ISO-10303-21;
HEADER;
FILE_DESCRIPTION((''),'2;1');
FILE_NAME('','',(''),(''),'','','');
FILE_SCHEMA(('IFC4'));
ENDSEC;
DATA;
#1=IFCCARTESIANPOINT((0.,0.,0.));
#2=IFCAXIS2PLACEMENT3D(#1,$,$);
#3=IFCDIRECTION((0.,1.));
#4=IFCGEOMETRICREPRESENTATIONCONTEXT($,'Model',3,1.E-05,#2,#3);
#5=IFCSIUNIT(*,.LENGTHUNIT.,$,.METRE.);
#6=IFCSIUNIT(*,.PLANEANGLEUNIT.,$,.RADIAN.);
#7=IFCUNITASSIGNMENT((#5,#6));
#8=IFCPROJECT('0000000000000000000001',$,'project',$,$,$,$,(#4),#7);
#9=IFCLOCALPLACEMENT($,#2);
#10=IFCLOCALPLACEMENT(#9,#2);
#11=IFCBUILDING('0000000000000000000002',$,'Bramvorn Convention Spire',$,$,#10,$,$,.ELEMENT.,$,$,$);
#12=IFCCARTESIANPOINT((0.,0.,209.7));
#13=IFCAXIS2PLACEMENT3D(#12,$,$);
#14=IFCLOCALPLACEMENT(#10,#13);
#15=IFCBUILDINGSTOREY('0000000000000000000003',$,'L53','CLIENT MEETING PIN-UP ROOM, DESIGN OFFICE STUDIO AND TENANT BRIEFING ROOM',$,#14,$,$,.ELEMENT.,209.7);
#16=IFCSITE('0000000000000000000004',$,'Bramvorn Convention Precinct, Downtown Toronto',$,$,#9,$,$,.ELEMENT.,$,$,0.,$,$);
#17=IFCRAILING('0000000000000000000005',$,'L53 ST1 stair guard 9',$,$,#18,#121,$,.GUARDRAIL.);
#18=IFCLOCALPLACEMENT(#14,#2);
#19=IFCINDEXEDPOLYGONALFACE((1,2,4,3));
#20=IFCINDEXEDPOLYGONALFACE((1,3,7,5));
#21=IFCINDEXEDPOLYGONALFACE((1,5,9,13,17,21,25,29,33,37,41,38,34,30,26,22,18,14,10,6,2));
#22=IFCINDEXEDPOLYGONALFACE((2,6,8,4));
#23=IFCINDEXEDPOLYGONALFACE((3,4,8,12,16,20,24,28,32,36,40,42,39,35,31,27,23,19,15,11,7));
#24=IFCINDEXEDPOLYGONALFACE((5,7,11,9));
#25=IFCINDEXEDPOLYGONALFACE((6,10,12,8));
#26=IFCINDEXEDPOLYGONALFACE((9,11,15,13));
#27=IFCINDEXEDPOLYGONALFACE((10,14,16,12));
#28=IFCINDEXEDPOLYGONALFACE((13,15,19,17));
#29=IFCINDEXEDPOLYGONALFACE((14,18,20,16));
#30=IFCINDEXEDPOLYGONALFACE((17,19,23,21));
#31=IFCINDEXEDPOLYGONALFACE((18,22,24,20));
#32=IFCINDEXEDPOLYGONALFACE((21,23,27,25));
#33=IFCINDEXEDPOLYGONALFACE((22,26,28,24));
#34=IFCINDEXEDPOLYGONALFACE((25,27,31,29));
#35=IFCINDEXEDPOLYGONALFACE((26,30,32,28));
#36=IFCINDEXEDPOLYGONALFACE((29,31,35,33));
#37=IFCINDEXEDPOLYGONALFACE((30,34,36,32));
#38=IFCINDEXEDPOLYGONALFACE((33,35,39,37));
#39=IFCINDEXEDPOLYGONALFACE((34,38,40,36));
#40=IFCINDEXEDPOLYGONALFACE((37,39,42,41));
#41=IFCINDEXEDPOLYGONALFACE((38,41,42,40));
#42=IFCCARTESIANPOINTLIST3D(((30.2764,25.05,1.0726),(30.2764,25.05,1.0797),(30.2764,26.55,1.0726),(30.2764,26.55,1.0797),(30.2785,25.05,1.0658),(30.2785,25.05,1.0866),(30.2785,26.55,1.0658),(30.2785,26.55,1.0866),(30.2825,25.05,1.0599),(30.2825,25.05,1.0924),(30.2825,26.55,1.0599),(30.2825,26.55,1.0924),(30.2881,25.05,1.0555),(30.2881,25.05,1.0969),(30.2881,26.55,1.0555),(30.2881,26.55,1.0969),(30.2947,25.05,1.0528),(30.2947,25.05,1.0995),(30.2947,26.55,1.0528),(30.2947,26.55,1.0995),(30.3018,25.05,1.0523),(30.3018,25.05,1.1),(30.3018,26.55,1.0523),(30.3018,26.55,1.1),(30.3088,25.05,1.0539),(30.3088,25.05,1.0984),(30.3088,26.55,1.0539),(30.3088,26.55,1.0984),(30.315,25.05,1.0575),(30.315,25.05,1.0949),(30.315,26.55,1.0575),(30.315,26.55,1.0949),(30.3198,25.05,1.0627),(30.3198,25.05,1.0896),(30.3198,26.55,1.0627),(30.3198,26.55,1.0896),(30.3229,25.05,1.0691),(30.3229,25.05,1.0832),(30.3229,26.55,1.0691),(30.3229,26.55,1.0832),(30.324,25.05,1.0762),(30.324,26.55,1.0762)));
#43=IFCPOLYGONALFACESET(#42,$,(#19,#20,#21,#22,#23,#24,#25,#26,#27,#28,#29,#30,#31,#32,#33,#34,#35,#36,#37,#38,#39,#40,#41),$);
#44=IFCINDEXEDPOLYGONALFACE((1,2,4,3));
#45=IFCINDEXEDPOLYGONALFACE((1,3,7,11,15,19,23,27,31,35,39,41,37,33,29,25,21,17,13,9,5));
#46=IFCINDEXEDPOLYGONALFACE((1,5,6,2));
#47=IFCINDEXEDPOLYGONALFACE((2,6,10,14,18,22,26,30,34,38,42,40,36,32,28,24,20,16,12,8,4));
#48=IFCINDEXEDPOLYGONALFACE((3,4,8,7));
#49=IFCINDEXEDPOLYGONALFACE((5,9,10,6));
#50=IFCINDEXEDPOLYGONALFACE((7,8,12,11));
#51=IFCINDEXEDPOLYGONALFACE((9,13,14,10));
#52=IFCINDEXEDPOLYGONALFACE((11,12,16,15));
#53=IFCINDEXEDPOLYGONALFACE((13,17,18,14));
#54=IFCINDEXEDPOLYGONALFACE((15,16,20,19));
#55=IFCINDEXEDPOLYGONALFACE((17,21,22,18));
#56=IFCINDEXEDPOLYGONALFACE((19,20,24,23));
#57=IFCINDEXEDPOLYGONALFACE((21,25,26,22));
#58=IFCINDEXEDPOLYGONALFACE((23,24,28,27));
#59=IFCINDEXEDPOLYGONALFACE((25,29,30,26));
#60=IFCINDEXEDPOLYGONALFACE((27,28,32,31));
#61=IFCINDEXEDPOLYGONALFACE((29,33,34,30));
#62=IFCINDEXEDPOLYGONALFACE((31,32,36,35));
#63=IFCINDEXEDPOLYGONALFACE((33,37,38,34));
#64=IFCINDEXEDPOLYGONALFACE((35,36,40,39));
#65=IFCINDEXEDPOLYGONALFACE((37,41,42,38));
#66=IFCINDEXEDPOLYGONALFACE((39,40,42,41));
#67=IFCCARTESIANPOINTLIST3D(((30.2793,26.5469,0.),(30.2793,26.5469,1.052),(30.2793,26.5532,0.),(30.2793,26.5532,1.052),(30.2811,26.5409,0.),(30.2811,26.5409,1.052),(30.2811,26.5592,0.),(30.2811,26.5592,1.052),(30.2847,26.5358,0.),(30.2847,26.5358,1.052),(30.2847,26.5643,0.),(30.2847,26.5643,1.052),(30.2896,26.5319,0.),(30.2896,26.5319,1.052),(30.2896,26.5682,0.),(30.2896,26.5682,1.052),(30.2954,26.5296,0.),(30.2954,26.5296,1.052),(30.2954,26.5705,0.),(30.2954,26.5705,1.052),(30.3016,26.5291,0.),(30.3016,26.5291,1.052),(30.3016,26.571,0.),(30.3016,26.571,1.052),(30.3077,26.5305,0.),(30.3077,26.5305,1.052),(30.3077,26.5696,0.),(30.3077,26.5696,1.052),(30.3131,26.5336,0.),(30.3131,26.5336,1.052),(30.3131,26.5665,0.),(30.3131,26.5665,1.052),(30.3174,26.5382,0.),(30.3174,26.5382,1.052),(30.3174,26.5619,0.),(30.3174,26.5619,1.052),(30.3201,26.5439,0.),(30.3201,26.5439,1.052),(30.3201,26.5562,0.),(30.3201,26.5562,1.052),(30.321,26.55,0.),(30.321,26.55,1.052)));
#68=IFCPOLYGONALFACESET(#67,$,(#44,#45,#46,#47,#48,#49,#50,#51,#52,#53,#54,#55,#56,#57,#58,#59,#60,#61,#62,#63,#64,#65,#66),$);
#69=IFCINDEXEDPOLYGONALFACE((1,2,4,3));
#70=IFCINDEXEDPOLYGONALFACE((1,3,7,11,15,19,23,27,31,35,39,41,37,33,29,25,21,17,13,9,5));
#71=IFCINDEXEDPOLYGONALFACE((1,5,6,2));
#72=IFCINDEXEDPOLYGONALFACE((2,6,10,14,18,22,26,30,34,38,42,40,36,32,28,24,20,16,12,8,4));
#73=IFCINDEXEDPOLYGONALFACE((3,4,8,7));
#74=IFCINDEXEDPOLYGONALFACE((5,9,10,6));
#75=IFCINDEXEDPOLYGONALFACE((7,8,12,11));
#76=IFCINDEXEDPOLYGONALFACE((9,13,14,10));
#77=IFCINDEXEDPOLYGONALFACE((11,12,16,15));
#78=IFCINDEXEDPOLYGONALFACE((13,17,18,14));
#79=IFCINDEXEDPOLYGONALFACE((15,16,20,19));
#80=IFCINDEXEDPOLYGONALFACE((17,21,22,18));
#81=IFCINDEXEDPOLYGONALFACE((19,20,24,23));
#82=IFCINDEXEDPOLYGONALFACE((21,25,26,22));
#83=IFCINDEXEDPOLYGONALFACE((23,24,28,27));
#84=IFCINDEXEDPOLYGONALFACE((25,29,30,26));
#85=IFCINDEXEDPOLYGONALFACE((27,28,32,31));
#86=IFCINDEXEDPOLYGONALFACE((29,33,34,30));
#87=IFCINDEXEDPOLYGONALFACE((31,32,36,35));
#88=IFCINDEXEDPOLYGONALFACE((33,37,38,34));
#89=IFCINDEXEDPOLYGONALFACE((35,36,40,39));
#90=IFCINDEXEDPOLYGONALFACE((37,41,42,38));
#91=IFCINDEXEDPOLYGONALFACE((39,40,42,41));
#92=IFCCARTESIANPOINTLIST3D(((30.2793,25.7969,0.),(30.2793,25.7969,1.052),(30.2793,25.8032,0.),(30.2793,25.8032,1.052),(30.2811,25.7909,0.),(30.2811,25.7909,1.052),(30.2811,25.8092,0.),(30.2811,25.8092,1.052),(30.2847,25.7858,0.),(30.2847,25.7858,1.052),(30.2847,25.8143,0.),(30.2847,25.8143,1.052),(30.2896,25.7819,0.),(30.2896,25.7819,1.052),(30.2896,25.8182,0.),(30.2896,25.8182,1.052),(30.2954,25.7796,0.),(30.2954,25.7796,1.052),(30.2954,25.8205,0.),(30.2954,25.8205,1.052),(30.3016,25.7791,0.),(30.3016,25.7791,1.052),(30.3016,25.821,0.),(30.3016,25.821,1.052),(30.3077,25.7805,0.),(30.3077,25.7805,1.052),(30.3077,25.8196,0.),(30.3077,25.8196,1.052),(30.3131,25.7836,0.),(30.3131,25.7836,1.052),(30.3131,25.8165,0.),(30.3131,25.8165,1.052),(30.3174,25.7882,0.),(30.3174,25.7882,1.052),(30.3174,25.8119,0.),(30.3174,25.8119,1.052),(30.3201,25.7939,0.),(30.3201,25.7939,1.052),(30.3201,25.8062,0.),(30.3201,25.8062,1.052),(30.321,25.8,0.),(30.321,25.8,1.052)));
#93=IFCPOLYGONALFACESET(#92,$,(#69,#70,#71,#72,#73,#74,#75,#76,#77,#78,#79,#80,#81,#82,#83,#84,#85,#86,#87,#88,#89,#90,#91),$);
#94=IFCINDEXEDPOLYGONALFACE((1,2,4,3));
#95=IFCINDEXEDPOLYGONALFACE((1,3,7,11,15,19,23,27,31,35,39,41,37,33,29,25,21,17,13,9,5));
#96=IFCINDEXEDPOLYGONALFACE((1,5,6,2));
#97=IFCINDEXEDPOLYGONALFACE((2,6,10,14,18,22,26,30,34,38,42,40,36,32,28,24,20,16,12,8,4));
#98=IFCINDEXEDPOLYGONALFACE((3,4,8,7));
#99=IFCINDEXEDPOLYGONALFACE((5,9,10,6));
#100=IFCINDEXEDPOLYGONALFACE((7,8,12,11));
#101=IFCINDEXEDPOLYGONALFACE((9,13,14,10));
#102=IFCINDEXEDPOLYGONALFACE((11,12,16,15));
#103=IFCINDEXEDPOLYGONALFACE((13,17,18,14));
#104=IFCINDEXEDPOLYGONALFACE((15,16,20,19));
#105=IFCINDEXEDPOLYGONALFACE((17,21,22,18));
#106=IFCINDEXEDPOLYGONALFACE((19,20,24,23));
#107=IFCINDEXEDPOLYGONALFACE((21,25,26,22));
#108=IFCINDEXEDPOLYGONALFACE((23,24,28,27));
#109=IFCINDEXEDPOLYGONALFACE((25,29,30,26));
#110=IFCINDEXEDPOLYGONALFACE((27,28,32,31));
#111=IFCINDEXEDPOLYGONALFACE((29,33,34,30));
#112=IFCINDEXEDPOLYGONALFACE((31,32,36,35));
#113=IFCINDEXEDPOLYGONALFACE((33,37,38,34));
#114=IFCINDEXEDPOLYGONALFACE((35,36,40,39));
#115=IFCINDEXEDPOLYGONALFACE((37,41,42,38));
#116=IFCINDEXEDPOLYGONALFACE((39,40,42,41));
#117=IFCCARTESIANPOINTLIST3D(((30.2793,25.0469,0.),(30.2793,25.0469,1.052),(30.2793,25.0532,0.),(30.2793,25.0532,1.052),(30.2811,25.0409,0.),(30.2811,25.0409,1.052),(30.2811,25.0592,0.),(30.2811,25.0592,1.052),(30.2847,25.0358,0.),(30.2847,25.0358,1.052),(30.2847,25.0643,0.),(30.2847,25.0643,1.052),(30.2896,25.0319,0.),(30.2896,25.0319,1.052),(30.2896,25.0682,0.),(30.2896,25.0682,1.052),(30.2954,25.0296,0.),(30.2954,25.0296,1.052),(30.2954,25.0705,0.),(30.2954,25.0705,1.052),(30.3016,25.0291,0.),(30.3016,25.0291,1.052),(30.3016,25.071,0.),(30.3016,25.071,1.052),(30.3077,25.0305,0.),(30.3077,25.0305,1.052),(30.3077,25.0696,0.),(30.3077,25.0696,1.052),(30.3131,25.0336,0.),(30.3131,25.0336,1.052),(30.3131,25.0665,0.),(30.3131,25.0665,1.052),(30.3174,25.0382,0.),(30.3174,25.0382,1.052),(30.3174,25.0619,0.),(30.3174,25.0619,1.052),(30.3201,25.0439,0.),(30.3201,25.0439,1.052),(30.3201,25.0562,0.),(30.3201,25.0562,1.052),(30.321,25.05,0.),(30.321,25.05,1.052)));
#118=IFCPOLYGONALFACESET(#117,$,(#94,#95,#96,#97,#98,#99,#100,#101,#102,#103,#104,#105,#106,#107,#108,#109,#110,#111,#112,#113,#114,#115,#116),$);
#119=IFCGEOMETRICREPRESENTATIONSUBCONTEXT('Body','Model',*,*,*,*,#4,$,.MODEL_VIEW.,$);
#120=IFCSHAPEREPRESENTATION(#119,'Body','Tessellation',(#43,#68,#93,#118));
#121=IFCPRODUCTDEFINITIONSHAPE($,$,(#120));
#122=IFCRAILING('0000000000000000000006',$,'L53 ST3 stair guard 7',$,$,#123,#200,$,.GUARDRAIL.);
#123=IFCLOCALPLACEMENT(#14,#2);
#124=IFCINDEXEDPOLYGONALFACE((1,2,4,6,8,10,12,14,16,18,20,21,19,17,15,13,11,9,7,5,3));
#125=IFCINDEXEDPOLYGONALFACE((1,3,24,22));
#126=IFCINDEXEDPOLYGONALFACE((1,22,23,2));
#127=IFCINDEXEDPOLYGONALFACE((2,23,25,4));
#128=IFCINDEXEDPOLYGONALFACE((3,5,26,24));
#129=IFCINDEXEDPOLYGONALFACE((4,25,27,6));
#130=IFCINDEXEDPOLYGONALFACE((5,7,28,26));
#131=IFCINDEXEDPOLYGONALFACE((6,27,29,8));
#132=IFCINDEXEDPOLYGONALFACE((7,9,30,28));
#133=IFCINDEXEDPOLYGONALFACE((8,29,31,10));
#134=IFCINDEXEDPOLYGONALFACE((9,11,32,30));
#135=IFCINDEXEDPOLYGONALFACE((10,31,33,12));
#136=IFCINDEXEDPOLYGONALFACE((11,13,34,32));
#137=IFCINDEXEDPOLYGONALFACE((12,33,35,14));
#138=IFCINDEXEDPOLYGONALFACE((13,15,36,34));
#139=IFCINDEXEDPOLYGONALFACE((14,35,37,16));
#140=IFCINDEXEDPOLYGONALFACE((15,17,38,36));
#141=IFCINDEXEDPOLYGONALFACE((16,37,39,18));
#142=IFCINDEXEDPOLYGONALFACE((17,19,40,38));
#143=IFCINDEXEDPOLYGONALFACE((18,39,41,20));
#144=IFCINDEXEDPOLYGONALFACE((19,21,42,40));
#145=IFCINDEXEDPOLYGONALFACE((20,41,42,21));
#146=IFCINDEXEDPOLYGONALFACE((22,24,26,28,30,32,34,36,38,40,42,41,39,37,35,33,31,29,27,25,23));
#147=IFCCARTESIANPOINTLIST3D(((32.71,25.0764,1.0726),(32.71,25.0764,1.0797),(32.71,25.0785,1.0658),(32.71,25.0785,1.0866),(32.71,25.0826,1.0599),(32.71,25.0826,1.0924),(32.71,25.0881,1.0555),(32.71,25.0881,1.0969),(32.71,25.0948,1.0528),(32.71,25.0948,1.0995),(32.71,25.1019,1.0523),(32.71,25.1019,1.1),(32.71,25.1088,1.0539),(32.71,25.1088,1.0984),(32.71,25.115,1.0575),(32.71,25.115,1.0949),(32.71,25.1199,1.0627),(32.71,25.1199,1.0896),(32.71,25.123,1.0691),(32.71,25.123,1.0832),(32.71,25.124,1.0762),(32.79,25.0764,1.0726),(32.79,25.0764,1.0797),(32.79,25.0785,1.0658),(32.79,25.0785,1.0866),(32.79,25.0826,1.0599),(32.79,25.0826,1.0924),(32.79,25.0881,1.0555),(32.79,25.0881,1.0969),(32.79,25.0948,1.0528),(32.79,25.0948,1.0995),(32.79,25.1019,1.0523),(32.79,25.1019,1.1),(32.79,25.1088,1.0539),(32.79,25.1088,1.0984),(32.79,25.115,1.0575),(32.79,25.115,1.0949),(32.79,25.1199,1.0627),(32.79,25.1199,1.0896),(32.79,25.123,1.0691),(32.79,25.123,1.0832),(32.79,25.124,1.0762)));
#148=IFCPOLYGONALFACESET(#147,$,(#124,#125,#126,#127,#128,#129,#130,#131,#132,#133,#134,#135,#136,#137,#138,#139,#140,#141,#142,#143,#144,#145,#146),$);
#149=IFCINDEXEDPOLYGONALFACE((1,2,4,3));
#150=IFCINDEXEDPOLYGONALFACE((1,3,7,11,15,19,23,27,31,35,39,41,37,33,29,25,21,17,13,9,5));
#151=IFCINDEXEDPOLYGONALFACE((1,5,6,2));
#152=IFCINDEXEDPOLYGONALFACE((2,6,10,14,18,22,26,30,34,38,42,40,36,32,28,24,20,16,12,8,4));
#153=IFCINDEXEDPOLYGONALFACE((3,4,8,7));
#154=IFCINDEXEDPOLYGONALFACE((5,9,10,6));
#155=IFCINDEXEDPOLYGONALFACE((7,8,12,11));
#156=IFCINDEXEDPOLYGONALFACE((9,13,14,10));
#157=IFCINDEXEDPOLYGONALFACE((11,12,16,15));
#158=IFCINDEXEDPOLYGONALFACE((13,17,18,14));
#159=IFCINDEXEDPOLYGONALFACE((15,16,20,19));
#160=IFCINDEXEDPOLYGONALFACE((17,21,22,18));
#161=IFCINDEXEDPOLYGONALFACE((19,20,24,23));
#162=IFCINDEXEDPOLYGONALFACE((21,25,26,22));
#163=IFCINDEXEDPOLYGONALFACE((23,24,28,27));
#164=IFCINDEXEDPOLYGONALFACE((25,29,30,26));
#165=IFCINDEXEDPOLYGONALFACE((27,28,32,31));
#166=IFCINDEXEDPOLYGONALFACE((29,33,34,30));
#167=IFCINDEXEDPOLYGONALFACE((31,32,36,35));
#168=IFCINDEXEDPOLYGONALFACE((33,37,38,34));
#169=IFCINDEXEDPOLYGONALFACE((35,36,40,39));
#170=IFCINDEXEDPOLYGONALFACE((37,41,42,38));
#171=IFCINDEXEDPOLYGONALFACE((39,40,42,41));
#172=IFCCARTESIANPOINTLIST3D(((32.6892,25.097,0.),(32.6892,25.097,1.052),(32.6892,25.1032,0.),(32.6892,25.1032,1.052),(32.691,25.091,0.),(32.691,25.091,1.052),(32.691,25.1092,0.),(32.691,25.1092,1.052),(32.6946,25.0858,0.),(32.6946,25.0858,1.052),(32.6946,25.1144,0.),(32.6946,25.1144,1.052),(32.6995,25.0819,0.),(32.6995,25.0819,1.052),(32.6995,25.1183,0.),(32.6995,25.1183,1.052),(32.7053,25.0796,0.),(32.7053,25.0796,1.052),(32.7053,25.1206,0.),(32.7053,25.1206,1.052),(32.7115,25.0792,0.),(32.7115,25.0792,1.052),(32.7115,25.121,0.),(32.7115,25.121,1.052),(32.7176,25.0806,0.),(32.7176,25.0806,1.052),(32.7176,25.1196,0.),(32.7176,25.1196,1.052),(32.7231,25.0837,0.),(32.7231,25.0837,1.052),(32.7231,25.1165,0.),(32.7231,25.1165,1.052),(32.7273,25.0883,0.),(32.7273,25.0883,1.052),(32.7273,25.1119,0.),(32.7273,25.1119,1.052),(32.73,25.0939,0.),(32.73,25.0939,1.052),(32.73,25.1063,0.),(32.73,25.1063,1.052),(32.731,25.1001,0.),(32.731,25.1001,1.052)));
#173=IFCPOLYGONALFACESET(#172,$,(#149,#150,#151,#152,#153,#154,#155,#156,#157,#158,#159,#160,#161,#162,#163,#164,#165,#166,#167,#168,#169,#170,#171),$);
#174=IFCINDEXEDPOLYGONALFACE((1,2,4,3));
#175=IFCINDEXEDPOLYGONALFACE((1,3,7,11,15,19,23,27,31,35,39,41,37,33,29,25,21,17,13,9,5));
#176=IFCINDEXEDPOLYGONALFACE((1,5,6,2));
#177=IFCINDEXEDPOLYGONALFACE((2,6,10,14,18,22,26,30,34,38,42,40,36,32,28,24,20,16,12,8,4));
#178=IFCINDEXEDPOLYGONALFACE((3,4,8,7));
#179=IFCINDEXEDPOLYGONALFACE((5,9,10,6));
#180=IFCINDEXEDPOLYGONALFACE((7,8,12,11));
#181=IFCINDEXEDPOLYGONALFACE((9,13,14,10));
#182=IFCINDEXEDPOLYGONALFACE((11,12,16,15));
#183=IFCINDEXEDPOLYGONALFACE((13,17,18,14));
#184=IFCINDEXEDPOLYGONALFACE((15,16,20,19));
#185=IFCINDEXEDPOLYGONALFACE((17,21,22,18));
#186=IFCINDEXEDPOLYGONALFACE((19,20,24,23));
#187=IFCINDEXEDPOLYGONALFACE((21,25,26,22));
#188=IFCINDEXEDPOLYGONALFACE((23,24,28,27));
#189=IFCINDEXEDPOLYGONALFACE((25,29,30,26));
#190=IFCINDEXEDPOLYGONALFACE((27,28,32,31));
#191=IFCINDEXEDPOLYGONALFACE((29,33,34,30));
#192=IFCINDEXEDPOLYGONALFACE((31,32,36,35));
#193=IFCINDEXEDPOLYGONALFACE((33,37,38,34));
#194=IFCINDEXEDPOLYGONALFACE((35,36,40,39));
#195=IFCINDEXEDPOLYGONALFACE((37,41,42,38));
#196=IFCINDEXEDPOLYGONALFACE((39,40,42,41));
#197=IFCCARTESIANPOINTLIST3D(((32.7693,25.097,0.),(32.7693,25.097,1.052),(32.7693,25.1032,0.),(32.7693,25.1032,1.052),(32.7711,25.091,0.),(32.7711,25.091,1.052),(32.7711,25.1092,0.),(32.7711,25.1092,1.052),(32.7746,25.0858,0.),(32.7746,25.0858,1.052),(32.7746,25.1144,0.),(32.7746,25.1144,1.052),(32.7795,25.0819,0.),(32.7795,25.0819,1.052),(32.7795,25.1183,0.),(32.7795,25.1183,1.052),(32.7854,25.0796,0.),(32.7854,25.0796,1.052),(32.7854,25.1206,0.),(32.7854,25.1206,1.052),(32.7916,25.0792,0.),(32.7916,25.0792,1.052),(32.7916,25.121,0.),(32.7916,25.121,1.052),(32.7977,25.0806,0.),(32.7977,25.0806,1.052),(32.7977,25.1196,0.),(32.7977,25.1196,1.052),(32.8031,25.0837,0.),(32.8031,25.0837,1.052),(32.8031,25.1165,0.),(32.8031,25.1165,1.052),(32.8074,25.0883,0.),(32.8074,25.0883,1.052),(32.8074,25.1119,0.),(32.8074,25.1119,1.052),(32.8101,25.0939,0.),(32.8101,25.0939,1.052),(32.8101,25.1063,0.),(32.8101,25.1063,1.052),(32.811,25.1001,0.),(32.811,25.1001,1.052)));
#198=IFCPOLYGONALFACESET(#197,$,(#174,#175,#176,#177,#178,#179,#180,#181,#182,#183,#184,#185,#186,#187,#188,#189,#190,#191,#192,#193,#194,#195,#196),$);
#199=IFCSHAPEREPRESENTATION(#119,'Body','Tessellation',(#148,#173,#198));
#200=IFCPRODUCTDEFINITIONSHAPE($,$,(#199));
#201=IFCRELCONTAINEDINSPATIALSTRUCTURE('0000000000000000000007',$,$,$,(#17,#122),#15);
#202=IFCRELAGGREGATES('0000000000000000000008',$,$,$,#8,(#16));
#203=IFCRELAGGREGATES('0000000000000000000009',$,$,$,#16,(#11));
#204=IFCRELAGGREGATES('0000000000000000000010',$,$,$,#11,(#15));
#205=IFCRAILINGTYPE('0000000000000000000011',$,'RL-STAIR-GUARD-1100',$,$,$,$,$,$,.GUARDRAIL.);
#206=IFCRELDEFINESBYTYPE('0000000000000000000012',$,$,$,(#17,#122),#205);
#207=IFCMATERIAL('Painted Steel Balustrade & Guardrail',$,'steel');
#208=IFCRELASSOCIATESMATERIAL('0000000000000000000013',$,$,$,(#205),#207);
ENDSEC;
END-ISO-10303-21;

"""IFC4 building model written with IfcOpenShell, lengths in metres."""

from ifc_helpers import new_model, si_unit, direction, frame, origin, origin_2d, place, context, subcontext, project, spatial, circle, extrude, material, type_object, element, save


model = new_model("IFC4")

# Units and contexts
model_context = context("Model", 3, precision=1e-05, world=origin(), true_north=direction((0.0, 1.0)))
body_context = subcontext(model_context, "Body", "Model", "MODEL_VIEW")
ifc_project = project(units=[si_unit("LENGTHUNIT", "METRE"), si_unit("PLANEANGLEUNIT", "RADIAN")], contexts=[model_context])

# Site, building, storey
site_placement = place(None, origin())
site = spatial("IfcSite", under=ifc_project, at=site_placement, Name="Bramvorn Convention Precinct, Downtown Toronto", CompositionType="ELEMENT", RefElevation=0.0)
building_placement = place(site_placement, origin())
building = spatial("IfcBuilding", under=site, at=building_placement, Name="Bramvorn Convention Spire", CompositionType="ELEMENT")
storey_placement = place(building_placement, frame((0.0, 0.0, 209.7)))
storey = spatial("IfcBuildingStorey", under=building, at=storey_placement, Name="L53", Description="CLIENT MEETING PIN-UP ROOM, DESIGN OFFICE STUDIO AND TENANT BRIEFING ROOM", CompositionType="ELEMENT", Elevation=209.7)

# Railings
ifc_material_1 = material(Name="Painted Steel Balustrade & Guardrail", Category="steel")
railing_type = type_object("IfcRailingType", Name="RL-STAIR-GUARD-1100", PredefinedType="GUARDRAIL", material=ifc_material_1)
for number, where, name in (
    (1, (30.3, 26.55, 0.0), "L53 ST1 stair guard 9"),
):
    element("IfcRailing", number, at=place(storey_placement, frame(where)), inside=storey, type_object=railing_type, Name=name, PredefinedType="GUARDRAIL", context=body_context, shape_type="SweptSolid", body=[
        extrude(circle(Radius=0.0239, at=origin_2d()), frame((0.0, 0.0, 1.0762), z_axis=(0.0, -1.0, 0.0), x_axis=(1.0, 0.0, 0.0)), (0.0, 0.0, 1.0), 1.5),
        extrude(circle(Radius=0.021, at=origin_2d()), origin(), (0.0, 0.0, 1.0), 1.052),
        extrude(circle(Radius=0.021, at=origin_2d()), frame((0.0, -0.75, 0.0)), (0.0, 0.0, 1.0), 1.052),
        extrude(circle(Radius=0.021, at=origin_2d()), frame((0.0, -1.5, 0.0)), (0.0, 0.0, 1.0), 1.052),
    ])
railing_1_placement = place(storey_placement, frame((32.71, 25.1001, 0.0)))
element("IfcRailing", 2, at=railing_1_placement, inside=storey, type_object=railing_type, Name="L53 ST3 stair guard 7", PredefinedType="GUARDRAIL", context=body_context, shape_type="SweptSolid", body=[
    extrude(circle(Radius=0.0239, at=origin_2d()), frame((0.0, 0.0, 1.0762), z_axis=(1.0, 0.0, 0.0), x_axis=(0.0, 1.0, 0.0)), (0.0, 0.0, 1.0), 0.0801),
    extrude(circle(Radius=0.021, at=origin_2d()), origin(), (0.0, 0.0, 1.0), 1.052),
    extrude(circle(Radius=0.021, at=origin_2d()), frame((0.0801, 0.0, 0.0)), (0.0, 0.0, 1.0), 1.052),
])

save(model, "model.ifc")
